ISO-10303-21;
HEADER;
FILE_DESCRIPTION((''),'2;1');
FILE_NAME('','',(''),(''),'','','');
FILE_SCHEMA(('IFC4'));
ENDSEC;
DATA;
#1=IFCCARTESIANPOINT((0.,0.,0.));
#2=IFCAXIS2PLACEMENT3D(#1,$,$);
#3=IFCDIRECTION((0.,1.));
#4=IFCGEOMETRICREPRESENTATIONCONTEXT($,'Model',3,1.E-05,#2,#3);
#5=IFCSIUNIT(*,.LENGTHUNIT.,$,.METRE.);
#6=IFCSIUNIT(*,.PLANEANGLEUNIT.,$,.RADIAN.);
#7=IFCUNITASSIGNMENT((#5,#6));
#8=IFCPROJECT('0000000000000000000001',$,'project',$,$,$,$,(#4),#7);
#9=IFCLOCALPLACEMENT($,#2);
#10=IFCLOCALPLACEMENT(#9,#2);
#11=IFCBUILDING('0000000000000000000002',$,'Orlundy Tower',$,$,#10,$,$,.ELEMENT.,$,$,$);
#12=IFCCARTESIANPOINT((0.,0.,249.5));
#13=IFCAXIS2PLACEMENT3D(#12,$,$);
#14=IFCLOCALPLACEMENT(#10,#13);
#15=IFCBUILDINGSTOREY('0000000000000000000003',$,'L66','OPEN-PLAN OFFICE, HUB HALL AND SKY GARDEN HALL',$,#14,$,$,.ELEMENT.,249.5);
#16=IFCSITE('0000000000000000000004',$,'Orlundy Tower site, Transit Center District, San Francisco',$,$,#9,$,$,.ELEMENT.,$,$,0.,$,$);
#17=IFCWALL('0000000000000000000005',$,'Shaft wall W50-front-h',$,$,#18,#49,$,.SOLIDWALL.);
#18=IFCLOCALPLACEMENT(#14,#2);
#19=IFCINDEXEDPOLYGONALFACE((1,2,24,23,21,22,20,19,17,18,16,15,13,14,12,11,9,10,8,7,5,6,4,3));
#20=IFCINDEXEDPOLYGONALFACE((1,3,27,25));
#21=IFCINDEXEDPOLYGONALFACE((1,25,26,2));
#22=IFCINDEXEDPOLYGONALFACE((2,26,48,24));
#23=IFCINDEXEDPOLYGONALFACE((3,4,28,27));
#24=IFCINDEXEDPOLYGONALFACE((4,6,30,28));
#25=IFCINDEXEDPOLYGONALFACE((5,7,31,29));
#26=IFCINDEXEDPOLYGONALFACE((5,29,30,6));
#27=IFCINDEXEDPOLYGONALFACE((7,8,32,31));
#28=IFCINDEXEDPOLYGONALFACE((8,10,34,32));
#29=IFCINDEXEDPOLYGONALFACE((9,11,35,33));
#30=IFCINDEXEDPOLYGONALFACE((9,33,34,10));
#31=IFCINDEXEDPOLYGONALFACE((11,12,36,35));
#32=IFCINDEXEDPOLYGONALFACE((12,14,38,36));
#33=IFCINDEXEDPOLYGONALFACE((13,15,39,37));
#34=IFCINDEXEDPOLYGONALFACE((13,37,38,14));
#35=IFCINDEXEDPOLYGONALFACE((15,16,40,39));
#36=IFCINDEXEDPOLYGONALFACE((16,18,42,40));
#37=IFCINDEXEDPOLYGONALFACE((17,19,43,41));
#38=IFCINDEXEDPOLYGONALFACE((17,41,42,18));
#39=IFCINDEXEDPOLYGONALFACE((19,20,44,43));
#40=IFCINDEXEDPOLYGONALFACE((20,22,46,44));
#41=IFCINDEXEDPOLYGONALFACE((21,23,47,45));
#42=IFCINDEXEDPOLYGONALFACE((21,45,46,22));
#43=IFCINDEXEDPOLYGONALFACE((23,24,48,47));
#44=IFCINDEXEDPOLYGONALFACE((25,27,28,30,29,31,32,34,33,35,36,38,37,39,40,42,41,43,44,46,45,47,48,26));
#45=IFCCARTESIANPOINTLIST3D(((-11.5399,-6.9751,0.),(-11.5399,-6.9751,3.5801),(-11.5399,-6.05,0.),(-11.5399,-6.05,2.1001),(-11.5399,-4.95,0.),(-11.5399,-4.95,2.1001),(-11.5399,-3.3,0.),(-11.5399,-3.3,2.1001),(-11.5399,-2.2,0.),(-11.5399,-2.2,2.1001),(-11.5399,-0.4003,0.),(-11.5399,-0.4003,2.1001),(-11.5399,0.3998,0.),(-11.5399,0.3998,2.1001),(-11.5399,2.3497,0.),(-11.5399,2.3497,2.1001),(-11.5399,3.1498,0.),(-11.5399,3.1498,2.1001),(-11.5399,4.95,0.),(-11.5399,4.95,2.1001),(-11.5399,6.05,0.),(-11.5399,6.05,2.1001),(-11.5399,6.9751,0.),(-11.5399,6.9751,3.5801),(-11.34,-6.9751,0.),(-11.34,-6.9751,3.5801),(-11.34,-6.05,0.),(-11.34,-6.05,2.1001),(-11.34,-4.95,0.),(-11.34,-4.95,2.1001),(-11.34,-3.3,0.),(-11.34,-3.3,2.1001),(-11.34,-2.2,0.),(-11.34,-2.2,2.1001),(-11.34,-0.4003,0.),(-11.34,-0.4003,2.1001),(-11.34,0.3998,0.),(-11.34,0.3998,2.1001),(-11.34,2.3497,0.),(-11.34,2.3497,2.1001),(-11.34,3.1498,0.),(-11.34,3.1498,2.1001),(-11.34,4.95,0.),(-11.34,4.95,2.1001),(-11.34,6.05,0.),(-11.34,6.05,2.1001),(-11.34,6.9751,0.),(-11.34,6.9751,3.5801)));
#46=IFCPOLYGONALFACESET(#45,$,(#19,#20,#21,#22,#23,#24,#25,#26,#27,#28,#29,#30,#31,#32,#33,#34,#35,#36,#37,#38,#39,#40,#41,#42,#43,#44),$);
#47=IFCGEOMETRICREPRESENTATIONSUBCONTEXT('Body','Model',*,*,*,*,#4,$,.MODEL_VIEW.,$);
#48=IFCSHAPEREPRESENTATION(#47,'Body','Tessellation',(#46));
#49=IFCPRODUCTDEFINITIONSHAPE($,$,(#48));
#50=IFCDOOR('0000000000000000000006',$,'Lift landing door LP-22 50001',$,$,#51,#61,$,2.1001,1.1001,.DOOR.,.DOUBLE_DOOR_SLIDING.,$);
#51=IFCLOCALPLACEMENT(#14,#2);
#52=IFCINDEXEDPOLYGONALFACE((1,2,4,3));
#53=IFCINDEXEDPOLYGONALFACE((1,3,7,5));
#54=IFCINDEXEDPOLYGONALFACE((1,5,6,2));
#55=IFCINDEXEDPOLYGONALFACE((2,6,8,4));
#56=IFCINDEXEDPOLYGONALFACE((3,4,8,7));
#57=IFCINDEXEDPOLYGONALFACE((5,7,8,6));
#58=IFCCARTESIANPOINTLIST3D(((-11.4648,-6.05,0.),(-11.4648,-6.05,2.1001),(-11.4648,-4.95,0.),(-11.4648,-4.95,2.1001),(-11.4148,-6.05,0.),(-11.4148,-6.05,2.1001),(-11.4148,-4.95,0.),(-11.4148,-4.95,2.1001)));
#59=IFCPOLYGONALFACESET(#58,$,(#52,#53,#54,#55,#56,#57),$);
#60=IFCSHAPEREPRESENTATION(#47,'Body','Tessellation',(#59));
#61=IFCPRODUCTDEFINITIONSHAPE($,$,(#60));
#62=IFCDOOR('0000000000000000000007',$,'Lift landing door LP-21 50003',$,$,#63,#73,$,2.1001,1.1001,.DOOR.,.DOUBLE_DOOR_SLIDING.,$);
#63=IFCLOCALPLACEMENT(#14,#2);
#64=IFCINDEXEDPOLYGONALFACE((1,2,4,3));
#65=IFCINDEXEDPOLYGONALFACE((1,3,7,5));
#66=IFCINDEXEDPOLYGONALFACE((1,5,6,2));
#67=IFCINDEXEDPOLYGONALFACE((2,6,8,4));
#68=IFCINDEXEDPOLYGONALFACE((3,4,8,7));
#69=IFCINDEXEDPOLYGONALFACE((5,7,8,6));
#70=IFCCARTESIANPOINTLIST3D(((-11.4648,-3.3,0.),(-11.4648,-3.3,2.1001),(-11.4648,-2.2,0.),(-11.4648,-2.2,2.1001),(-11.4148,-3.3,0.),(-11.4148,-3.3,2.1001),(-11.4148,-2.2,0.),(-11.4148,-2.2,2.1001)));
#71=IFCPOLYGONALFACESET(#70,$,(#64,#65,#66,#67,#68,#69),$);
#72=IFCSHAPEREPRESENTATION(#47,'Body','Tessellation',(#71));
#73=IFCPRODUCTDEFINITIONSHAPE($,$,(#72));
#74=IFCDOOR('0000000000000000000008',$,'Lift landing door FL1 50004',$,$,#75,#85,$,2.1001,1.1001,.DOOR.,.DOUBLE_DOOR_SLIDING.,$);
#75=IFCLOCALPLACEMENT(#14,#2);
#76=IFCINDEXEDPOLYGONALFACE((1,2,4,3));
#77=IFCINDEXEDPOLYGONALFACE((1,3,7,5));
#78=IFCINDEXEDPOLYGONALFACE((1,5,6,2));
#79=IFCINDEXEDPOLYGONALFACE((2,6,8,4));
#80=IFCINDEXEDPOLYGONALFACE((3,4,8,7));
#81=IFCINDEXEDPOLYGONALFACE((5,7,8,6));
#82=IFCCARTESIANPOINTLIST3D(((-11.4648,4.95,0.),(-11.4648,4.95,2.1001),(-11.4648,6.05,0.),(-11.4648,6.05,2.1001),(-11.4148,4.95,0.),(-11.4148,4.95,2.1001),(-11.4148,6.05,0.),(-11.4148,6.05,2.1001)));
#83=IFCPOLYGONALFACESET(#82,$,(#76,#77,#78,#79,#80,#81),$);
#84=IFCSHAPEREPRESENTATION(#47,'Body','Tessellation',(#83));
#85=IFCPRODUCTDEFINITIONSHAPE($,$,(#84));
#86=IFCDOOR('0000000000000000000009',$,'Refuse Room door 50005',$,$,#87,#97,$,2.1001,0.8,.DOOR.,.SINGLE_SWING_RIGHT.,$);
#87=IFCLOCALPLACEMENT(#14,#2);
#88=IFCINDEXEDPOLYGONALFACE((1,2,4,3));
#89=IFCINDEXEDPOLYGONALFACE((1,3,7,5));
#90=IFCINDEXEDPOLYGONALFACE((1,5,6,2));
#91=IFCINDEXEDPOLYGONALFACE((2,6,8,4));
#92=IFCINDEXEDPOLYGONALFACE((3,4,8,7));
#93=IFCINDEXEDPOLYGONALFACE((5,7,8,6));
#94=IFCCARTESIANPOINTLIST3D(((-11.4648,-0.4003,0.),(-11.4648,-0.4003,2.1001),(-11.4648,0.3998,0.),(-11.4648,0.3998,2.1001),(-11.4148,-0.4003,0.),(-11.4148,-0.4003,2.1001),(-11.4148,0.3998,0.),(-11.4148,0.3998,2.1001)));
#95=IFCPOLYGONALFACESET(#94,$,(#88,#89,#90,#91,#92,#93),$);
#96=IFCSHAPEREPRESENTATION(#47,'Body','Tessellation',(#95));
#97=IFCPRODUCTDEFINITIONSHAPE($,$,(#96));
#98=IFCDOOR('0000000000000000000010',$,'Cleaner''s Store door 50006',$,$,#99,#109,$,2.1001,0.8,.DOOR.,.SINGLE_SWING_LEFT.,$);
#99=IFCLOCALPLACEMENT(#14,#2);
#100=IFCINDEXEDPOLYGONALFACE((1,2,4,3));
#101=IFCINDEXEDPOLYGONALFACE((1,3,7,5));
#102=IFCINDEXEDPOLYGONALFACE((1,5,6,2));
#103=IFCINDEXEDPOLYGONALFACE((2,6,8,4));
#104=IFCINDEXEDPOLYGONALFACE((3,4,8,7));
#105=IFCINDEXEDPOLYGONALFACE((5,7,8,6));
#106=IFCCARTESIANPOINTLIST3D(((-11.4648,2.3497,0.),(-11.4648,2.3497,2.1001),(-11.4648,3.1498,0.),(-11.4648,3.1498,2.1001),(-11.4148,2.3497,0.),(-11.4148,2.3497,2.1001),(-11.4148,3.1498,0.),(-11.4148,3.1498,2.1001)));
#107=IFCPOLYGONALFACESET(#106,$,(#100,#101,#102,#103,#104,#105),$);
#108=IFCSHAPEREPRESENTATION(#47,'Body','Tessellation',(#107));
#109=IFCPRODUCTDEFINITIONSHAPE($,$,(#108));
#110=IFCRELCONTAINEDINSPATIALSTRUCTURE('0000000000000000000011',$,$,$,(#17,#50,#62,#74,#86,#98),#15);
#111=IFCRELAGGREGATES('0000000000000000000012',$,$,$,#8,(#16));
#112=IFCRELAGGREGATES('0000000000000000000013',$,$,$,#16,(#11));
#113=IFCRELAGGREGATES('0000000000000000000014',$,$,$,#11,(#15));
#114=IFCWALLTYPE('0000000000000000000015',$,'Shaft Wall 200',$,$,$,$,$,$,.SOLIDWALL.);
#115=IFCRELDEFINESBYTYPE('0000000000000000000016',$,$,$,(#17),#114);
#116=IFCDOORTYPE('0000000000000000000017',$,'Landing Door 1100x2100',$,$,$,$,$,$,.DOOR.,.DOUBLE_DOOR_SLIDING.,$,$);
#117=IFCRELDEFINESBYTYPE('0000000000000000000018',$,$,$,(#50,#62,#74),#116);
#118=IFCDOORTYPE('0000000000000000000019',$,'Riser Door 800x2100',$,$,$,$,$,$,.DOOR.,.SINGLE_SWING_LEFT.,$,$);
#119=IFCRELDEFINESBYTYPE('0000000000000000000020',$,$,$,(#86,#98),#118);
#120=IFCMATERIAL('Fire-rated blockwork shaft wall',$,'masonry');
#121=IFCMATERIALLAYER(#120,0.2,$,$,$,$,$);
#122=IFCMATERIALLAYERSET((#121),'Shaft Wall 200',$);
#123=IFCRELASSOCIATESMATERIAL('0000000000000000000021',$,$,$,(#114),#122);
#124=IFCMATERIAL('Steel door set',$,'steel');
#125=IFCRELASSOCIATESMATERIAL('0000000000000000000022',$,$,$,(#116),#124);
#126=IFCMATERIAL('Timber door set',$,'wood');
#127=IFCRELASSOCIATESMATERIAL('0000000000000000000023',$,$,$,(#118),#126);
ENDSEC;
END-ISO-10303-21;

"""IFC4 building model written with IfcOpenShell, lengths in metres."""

from ifc_helpers import new_model, si_unit, direction, frame, frame_2d, origin, place, context, subcontext, project, spatial, rectangle, extrude, material, layer, layer_set, type_object, element, fill, save


model = new_model("IFC4")

# Units and contexts
model_context = context("Model", 3, precision=1e-05, world=origin(), true_north=direction((0.0, 1.0)))
body_context = subcontext(model_context, "Body", "Model", "MODEL_VIEW")
ifc_project = project(units=[si_unit("LENGTHUNIT", "METRE"), si_unit("PLANEANGLEUNIT", "RADIAN")], contexts=[model_context])

# Site, building, storey
site_placement = place(None, origin())
site = spatial("IfcSite", under=ifc_project, at=site_placement, Name="Orlundy Tower site, Transit Center District, San Francisco", CompositionType="ELEMENT", RefElevation=0.0)
building_placement = place(site_placement, origin())
building = spatial("IfcBuilding", under=site, at=building_placement, Name="Orlundy Tower", CompositionType="ELEMENT")
storey_placement = place(building_placement, frame((0.0, 0.0, 249.5)))
storey = spatial("IfcBuildingStorey", under=building, at=storey_placement, Name="L66", Description="OPEN-PLAN OFFICE, HUB HALL AND SKY GARDEN HALL", CompositionType="ELEMENT", Elevation=249.5)

# Shared definitions
ifc_material_1 = material(Name="Fire-rated blockwork shaft wall", Category="masonry")
ifc_layer_1 = layer(ifc_material_1, 0.2)
ifc_layer_set_1 = layer_set([ifc_layer_1], Name="Shaft Wall 200")
wall_type_1 = type_object("IfcWallType", Name="Shaft Wall 200", PredefinedType="SOLIDWALL", material=ifc_layer_set_1)

# Wall, openings, doors
wall_1_placement = place(storey_placement, frame((-11.4399, -6.9751, 0.0), z_axis=(0.0, 0.0, 1.0), x_axis=(0.0, 1.0, 0.0)))
wall_1 = element("IfcWall", 1, at=wall_1_placement, inside=storey, type_object=wall_type_1, Name="Shaft wall W50-front-h", PredefinedType="SOLIDWALL", context=body_context, shape_type="SweptSolid", body=[
    extrude(rectangle(XDim=13.9502, YDim=0.2, at=frame_2d((6.9751, 0.0))), origin(), (0.0, 0.0, 1.0), 3.5801),
])
opening_1_placement = place(wall_1_placement, frame((0.925, 0.0, 0.0)))
opening_1 = element("IfcOpeningElement", 2, at=opening_1_placement, cuts=wall_1, PredefinedType="OPENING", context=body_context, shape_type="SweptSolid", body=[
    extrude(rectangle(XDim=1.1001, YDim=2.1001, at=frame_2d((0.55, 1.05))), frame((0.0, 0.1101, 0.0), z_axis=(0.0, -1.0, 0.0), x_axis=(1.0, 0.0, 0.0)), (0.0, 0.0, 1.0), 0.2202),
])
opening_2_placement = place(wall_1_placement, frame((3.675, 0.0, 0.0)))
opening_2 = element("IfcOpeningElement", 3, at=opening_2_placement, cuts=wall_1, PredefinedType="OPENING", context=body_context, shape_type="SweptSolid", body=[
    extrude(rectangle(XDim=1.1001, YDim=2.1001, at=frame_2d((0.55, 1.05))), frame((0.0, 0.1101, 0.0), z_axis=(0.0, -1.0, 0.0), x_axis=(1.0, 0.0, 0.0)), (0.0, 0.0, 1.0), 0.2202),
])
opening_3_placement = place(wall_1_placement, frame((11.925, 0.0, 0.0)))
opening_3 = element("IfcOpeningElement", 4, at=opening_3_placement, cuts=wall_1, PredefinedType="OPENING", context=body_context, shape_type="SweptSolid", body=[
    extrude(rectangle(XDim=1.1001, YDim=2.1001, at=frame_2d((0.55, 1.05))), frame((0.0, 0.1101, 0.0), z_axis=(0.0, -1.0, 0.0), x_axis=(1.0, 0.0, 0.0)), (0.0, 0.0, 1.0), 0.2202),
])
opening_4_placement = place(wall_1_placement, frame((6.575, 0.0, 0.0)))
opening_4 = element("IfcOpeningElement", 5, at=opening_4_placement, cuts=wall_1, PredefinedType="OPENING", context=body_context, shape_type="SweptSolid", body=[
    extrude(rectangle(XDim=0.8, YDim=2.1001, at=frame_2d((0.3999, 1.05))), frame((0.0, 0.1101, 0.0), z_axis=(0.0, -1.0, 0.0), x_axis=(1.0, 0.0, 0.0)), (0.0, 0.0, 1.0), 0.2202),
])
opening_5_placement = place(wall_1_placement, frame((9.325, 0.0, 0.0)))
opening_5 = element("IfcOpeningElement", 6, at=opening_5_placement, cuts=wall_1, PredefinedType="OPENING", context=body_context, shape_type="SweptSolid", body=[
    extrude(rectangle(XDim=0.8, YDim=2.1001, at=frame_2d((0.3999, 1.05))), frame((0.0, 0.1101, 0.0), z_axis=(0.0, -1.0, 0.0), x_axis=(1.0, 0.0, 0.0)), (0.0, 0.0, 1.0), 0.2202),
])
ifc_material_2 = material(Name="Steel door set", Category="steel")
door_type_1 = type_object("IfcDoorType", Name="Landing Door 1100x2100", OperationType="DOUBLE_DOOR_SLIDING", PredefinedType="DOOR", material=ifc_material_2)
door_1_placement = place(opening_1_placement, origin())
door_1 = element("IfcDoor", 7, at=door_1_placement, inside=storey, type_object=door_type_1, Name="Lift landing door LP-22 50001", OperationType="DOUBLE_DOOR_SLIDING", OverallHeight=2.1001, OverallWidth=1.1001, PredefinedType="DOOR", context=body_context, shape_type="SweptSolid", body=[
    extrude(rectangle(XDim=1.1001, YDim=2.1001, at=frame_2d((0.55, 1.05))), frame((0.0, 0.0249, 0.0), z_axis=(0.0, -1.0, 0.0), x_axis=(1.0, 0.0, 0.0)), (0.0, 0.0, 1.0), 0.05),
])
fill(opening_1, door_1)
door_2_placement = place(opening_2_placement, origin())
door_2 = element("IfcDoor", 8, at=door_2_placement, inside=storey, type_object=door_type_1, Name="Lift landing door LP-21 50003", OperationType="DOUBLE_DOOR_SLIDING", OverallHeight=2.1001, OverallWidth=1.1001, PredefinedType="DOOR", context=body_context, shape_type="SweptSolid", body=[
    extrude(rectangle(XDim=1.1001, YDim=2.1001, at=frame_2d((0.55, 1.05))), frame((0.0, 0.0249, 0.0), z_axis=(0.0, -1.0, 0.0), x_axis=(1.0, 0.0, 0.0)), (0.0, 0.0, 1.0), 0.05),
])
fill(opening_2, door_2)
door_3_placement = place(opening_3_placement, origin())
door_3 = element("IfcDoor", 9, at=door_3_placement, inside=storey, type_object=door_type_1, Name="Lift landing door FL1 50004", OperationType="DOUBLE_DOOR_SLIDING", OverallHeight=2.1001, OverallWidth=1.1001, PredefinedType="DOOR", context=body_context, shape_type="SweptSolid", body=[
    extrude(rectangle(XDim=1.1001, YDim=2.1001, at=frame_2d((0.55, 1.05))), frame((0.0, 0.0249, 0.0), z_axis=(0.0, -1.0, 0.0), x_axis=(1.0, 0.0, 0.0)), (0.0, 0.0, 1.0), 0.05),
])
fill(opening_3, door_3)
ifc_material_3 = material(Name="Timber door set", Category="wood")
door_type_2 = type_object("IfcDoorType", Name="Riser Door 800x2100", OperationType="SINGLE_SWING_LEFT", PredefinedType="DOOR", material=ifc_material_3)
door_4_placement = place(opening_4_placement, origin())
door_4 = element("IfcDoor", 10, at=door_4_placement, inside=storey, type_object=door_type_2, Name="Refuse Room door 50005", OperationType="SINGLE_SWING_RIGHT", OverallHeight=2.1001, OverallWidth=0.8, PredefinedType="DOOR", context=body_context, shape_type="SweptSolid", body=[
    extrude(rectangle(XDim=0.8, YDim=2.1001, at=frame_2d((0.3999, 1.05))), frame((0.0, 0.0249, 0.0), z_axis=(0.0, -1.0, 0.0), x_axis=(1.0, 0.0, 0.0)), (0.0, 0.0, 1.0), 0.05),
])
fill(opening_4, door_4)
door_5_placement = place(opening_5_placement, origin())
door_5 = element("IfcDoor", 11, at=door_5_placement, inside=storey, type_object=door_type_2, Name="Cleaner's Store door 50006", OperationType="SINGLE_SWING_LEFT", OverallHeight=2.1001, OverallWidth=0.8, PredefinedType="DOOR", context=body_context, shape_type="SweptSolid", body=[
    extrude(rectangle(XDim=0.8, YDim=2.1001, at=frame_2d((0.3999, 1.05))), frame((0.0, 0.0249, 0.0), z_axis=(0.0, -1.0, 0.0), x_axis=(1.0, 0.0, 0.0)), (0.0, 0.0, 1.0), 0.05),
])
fill(opening_5, door_5)

save(model, "model.ifc")
